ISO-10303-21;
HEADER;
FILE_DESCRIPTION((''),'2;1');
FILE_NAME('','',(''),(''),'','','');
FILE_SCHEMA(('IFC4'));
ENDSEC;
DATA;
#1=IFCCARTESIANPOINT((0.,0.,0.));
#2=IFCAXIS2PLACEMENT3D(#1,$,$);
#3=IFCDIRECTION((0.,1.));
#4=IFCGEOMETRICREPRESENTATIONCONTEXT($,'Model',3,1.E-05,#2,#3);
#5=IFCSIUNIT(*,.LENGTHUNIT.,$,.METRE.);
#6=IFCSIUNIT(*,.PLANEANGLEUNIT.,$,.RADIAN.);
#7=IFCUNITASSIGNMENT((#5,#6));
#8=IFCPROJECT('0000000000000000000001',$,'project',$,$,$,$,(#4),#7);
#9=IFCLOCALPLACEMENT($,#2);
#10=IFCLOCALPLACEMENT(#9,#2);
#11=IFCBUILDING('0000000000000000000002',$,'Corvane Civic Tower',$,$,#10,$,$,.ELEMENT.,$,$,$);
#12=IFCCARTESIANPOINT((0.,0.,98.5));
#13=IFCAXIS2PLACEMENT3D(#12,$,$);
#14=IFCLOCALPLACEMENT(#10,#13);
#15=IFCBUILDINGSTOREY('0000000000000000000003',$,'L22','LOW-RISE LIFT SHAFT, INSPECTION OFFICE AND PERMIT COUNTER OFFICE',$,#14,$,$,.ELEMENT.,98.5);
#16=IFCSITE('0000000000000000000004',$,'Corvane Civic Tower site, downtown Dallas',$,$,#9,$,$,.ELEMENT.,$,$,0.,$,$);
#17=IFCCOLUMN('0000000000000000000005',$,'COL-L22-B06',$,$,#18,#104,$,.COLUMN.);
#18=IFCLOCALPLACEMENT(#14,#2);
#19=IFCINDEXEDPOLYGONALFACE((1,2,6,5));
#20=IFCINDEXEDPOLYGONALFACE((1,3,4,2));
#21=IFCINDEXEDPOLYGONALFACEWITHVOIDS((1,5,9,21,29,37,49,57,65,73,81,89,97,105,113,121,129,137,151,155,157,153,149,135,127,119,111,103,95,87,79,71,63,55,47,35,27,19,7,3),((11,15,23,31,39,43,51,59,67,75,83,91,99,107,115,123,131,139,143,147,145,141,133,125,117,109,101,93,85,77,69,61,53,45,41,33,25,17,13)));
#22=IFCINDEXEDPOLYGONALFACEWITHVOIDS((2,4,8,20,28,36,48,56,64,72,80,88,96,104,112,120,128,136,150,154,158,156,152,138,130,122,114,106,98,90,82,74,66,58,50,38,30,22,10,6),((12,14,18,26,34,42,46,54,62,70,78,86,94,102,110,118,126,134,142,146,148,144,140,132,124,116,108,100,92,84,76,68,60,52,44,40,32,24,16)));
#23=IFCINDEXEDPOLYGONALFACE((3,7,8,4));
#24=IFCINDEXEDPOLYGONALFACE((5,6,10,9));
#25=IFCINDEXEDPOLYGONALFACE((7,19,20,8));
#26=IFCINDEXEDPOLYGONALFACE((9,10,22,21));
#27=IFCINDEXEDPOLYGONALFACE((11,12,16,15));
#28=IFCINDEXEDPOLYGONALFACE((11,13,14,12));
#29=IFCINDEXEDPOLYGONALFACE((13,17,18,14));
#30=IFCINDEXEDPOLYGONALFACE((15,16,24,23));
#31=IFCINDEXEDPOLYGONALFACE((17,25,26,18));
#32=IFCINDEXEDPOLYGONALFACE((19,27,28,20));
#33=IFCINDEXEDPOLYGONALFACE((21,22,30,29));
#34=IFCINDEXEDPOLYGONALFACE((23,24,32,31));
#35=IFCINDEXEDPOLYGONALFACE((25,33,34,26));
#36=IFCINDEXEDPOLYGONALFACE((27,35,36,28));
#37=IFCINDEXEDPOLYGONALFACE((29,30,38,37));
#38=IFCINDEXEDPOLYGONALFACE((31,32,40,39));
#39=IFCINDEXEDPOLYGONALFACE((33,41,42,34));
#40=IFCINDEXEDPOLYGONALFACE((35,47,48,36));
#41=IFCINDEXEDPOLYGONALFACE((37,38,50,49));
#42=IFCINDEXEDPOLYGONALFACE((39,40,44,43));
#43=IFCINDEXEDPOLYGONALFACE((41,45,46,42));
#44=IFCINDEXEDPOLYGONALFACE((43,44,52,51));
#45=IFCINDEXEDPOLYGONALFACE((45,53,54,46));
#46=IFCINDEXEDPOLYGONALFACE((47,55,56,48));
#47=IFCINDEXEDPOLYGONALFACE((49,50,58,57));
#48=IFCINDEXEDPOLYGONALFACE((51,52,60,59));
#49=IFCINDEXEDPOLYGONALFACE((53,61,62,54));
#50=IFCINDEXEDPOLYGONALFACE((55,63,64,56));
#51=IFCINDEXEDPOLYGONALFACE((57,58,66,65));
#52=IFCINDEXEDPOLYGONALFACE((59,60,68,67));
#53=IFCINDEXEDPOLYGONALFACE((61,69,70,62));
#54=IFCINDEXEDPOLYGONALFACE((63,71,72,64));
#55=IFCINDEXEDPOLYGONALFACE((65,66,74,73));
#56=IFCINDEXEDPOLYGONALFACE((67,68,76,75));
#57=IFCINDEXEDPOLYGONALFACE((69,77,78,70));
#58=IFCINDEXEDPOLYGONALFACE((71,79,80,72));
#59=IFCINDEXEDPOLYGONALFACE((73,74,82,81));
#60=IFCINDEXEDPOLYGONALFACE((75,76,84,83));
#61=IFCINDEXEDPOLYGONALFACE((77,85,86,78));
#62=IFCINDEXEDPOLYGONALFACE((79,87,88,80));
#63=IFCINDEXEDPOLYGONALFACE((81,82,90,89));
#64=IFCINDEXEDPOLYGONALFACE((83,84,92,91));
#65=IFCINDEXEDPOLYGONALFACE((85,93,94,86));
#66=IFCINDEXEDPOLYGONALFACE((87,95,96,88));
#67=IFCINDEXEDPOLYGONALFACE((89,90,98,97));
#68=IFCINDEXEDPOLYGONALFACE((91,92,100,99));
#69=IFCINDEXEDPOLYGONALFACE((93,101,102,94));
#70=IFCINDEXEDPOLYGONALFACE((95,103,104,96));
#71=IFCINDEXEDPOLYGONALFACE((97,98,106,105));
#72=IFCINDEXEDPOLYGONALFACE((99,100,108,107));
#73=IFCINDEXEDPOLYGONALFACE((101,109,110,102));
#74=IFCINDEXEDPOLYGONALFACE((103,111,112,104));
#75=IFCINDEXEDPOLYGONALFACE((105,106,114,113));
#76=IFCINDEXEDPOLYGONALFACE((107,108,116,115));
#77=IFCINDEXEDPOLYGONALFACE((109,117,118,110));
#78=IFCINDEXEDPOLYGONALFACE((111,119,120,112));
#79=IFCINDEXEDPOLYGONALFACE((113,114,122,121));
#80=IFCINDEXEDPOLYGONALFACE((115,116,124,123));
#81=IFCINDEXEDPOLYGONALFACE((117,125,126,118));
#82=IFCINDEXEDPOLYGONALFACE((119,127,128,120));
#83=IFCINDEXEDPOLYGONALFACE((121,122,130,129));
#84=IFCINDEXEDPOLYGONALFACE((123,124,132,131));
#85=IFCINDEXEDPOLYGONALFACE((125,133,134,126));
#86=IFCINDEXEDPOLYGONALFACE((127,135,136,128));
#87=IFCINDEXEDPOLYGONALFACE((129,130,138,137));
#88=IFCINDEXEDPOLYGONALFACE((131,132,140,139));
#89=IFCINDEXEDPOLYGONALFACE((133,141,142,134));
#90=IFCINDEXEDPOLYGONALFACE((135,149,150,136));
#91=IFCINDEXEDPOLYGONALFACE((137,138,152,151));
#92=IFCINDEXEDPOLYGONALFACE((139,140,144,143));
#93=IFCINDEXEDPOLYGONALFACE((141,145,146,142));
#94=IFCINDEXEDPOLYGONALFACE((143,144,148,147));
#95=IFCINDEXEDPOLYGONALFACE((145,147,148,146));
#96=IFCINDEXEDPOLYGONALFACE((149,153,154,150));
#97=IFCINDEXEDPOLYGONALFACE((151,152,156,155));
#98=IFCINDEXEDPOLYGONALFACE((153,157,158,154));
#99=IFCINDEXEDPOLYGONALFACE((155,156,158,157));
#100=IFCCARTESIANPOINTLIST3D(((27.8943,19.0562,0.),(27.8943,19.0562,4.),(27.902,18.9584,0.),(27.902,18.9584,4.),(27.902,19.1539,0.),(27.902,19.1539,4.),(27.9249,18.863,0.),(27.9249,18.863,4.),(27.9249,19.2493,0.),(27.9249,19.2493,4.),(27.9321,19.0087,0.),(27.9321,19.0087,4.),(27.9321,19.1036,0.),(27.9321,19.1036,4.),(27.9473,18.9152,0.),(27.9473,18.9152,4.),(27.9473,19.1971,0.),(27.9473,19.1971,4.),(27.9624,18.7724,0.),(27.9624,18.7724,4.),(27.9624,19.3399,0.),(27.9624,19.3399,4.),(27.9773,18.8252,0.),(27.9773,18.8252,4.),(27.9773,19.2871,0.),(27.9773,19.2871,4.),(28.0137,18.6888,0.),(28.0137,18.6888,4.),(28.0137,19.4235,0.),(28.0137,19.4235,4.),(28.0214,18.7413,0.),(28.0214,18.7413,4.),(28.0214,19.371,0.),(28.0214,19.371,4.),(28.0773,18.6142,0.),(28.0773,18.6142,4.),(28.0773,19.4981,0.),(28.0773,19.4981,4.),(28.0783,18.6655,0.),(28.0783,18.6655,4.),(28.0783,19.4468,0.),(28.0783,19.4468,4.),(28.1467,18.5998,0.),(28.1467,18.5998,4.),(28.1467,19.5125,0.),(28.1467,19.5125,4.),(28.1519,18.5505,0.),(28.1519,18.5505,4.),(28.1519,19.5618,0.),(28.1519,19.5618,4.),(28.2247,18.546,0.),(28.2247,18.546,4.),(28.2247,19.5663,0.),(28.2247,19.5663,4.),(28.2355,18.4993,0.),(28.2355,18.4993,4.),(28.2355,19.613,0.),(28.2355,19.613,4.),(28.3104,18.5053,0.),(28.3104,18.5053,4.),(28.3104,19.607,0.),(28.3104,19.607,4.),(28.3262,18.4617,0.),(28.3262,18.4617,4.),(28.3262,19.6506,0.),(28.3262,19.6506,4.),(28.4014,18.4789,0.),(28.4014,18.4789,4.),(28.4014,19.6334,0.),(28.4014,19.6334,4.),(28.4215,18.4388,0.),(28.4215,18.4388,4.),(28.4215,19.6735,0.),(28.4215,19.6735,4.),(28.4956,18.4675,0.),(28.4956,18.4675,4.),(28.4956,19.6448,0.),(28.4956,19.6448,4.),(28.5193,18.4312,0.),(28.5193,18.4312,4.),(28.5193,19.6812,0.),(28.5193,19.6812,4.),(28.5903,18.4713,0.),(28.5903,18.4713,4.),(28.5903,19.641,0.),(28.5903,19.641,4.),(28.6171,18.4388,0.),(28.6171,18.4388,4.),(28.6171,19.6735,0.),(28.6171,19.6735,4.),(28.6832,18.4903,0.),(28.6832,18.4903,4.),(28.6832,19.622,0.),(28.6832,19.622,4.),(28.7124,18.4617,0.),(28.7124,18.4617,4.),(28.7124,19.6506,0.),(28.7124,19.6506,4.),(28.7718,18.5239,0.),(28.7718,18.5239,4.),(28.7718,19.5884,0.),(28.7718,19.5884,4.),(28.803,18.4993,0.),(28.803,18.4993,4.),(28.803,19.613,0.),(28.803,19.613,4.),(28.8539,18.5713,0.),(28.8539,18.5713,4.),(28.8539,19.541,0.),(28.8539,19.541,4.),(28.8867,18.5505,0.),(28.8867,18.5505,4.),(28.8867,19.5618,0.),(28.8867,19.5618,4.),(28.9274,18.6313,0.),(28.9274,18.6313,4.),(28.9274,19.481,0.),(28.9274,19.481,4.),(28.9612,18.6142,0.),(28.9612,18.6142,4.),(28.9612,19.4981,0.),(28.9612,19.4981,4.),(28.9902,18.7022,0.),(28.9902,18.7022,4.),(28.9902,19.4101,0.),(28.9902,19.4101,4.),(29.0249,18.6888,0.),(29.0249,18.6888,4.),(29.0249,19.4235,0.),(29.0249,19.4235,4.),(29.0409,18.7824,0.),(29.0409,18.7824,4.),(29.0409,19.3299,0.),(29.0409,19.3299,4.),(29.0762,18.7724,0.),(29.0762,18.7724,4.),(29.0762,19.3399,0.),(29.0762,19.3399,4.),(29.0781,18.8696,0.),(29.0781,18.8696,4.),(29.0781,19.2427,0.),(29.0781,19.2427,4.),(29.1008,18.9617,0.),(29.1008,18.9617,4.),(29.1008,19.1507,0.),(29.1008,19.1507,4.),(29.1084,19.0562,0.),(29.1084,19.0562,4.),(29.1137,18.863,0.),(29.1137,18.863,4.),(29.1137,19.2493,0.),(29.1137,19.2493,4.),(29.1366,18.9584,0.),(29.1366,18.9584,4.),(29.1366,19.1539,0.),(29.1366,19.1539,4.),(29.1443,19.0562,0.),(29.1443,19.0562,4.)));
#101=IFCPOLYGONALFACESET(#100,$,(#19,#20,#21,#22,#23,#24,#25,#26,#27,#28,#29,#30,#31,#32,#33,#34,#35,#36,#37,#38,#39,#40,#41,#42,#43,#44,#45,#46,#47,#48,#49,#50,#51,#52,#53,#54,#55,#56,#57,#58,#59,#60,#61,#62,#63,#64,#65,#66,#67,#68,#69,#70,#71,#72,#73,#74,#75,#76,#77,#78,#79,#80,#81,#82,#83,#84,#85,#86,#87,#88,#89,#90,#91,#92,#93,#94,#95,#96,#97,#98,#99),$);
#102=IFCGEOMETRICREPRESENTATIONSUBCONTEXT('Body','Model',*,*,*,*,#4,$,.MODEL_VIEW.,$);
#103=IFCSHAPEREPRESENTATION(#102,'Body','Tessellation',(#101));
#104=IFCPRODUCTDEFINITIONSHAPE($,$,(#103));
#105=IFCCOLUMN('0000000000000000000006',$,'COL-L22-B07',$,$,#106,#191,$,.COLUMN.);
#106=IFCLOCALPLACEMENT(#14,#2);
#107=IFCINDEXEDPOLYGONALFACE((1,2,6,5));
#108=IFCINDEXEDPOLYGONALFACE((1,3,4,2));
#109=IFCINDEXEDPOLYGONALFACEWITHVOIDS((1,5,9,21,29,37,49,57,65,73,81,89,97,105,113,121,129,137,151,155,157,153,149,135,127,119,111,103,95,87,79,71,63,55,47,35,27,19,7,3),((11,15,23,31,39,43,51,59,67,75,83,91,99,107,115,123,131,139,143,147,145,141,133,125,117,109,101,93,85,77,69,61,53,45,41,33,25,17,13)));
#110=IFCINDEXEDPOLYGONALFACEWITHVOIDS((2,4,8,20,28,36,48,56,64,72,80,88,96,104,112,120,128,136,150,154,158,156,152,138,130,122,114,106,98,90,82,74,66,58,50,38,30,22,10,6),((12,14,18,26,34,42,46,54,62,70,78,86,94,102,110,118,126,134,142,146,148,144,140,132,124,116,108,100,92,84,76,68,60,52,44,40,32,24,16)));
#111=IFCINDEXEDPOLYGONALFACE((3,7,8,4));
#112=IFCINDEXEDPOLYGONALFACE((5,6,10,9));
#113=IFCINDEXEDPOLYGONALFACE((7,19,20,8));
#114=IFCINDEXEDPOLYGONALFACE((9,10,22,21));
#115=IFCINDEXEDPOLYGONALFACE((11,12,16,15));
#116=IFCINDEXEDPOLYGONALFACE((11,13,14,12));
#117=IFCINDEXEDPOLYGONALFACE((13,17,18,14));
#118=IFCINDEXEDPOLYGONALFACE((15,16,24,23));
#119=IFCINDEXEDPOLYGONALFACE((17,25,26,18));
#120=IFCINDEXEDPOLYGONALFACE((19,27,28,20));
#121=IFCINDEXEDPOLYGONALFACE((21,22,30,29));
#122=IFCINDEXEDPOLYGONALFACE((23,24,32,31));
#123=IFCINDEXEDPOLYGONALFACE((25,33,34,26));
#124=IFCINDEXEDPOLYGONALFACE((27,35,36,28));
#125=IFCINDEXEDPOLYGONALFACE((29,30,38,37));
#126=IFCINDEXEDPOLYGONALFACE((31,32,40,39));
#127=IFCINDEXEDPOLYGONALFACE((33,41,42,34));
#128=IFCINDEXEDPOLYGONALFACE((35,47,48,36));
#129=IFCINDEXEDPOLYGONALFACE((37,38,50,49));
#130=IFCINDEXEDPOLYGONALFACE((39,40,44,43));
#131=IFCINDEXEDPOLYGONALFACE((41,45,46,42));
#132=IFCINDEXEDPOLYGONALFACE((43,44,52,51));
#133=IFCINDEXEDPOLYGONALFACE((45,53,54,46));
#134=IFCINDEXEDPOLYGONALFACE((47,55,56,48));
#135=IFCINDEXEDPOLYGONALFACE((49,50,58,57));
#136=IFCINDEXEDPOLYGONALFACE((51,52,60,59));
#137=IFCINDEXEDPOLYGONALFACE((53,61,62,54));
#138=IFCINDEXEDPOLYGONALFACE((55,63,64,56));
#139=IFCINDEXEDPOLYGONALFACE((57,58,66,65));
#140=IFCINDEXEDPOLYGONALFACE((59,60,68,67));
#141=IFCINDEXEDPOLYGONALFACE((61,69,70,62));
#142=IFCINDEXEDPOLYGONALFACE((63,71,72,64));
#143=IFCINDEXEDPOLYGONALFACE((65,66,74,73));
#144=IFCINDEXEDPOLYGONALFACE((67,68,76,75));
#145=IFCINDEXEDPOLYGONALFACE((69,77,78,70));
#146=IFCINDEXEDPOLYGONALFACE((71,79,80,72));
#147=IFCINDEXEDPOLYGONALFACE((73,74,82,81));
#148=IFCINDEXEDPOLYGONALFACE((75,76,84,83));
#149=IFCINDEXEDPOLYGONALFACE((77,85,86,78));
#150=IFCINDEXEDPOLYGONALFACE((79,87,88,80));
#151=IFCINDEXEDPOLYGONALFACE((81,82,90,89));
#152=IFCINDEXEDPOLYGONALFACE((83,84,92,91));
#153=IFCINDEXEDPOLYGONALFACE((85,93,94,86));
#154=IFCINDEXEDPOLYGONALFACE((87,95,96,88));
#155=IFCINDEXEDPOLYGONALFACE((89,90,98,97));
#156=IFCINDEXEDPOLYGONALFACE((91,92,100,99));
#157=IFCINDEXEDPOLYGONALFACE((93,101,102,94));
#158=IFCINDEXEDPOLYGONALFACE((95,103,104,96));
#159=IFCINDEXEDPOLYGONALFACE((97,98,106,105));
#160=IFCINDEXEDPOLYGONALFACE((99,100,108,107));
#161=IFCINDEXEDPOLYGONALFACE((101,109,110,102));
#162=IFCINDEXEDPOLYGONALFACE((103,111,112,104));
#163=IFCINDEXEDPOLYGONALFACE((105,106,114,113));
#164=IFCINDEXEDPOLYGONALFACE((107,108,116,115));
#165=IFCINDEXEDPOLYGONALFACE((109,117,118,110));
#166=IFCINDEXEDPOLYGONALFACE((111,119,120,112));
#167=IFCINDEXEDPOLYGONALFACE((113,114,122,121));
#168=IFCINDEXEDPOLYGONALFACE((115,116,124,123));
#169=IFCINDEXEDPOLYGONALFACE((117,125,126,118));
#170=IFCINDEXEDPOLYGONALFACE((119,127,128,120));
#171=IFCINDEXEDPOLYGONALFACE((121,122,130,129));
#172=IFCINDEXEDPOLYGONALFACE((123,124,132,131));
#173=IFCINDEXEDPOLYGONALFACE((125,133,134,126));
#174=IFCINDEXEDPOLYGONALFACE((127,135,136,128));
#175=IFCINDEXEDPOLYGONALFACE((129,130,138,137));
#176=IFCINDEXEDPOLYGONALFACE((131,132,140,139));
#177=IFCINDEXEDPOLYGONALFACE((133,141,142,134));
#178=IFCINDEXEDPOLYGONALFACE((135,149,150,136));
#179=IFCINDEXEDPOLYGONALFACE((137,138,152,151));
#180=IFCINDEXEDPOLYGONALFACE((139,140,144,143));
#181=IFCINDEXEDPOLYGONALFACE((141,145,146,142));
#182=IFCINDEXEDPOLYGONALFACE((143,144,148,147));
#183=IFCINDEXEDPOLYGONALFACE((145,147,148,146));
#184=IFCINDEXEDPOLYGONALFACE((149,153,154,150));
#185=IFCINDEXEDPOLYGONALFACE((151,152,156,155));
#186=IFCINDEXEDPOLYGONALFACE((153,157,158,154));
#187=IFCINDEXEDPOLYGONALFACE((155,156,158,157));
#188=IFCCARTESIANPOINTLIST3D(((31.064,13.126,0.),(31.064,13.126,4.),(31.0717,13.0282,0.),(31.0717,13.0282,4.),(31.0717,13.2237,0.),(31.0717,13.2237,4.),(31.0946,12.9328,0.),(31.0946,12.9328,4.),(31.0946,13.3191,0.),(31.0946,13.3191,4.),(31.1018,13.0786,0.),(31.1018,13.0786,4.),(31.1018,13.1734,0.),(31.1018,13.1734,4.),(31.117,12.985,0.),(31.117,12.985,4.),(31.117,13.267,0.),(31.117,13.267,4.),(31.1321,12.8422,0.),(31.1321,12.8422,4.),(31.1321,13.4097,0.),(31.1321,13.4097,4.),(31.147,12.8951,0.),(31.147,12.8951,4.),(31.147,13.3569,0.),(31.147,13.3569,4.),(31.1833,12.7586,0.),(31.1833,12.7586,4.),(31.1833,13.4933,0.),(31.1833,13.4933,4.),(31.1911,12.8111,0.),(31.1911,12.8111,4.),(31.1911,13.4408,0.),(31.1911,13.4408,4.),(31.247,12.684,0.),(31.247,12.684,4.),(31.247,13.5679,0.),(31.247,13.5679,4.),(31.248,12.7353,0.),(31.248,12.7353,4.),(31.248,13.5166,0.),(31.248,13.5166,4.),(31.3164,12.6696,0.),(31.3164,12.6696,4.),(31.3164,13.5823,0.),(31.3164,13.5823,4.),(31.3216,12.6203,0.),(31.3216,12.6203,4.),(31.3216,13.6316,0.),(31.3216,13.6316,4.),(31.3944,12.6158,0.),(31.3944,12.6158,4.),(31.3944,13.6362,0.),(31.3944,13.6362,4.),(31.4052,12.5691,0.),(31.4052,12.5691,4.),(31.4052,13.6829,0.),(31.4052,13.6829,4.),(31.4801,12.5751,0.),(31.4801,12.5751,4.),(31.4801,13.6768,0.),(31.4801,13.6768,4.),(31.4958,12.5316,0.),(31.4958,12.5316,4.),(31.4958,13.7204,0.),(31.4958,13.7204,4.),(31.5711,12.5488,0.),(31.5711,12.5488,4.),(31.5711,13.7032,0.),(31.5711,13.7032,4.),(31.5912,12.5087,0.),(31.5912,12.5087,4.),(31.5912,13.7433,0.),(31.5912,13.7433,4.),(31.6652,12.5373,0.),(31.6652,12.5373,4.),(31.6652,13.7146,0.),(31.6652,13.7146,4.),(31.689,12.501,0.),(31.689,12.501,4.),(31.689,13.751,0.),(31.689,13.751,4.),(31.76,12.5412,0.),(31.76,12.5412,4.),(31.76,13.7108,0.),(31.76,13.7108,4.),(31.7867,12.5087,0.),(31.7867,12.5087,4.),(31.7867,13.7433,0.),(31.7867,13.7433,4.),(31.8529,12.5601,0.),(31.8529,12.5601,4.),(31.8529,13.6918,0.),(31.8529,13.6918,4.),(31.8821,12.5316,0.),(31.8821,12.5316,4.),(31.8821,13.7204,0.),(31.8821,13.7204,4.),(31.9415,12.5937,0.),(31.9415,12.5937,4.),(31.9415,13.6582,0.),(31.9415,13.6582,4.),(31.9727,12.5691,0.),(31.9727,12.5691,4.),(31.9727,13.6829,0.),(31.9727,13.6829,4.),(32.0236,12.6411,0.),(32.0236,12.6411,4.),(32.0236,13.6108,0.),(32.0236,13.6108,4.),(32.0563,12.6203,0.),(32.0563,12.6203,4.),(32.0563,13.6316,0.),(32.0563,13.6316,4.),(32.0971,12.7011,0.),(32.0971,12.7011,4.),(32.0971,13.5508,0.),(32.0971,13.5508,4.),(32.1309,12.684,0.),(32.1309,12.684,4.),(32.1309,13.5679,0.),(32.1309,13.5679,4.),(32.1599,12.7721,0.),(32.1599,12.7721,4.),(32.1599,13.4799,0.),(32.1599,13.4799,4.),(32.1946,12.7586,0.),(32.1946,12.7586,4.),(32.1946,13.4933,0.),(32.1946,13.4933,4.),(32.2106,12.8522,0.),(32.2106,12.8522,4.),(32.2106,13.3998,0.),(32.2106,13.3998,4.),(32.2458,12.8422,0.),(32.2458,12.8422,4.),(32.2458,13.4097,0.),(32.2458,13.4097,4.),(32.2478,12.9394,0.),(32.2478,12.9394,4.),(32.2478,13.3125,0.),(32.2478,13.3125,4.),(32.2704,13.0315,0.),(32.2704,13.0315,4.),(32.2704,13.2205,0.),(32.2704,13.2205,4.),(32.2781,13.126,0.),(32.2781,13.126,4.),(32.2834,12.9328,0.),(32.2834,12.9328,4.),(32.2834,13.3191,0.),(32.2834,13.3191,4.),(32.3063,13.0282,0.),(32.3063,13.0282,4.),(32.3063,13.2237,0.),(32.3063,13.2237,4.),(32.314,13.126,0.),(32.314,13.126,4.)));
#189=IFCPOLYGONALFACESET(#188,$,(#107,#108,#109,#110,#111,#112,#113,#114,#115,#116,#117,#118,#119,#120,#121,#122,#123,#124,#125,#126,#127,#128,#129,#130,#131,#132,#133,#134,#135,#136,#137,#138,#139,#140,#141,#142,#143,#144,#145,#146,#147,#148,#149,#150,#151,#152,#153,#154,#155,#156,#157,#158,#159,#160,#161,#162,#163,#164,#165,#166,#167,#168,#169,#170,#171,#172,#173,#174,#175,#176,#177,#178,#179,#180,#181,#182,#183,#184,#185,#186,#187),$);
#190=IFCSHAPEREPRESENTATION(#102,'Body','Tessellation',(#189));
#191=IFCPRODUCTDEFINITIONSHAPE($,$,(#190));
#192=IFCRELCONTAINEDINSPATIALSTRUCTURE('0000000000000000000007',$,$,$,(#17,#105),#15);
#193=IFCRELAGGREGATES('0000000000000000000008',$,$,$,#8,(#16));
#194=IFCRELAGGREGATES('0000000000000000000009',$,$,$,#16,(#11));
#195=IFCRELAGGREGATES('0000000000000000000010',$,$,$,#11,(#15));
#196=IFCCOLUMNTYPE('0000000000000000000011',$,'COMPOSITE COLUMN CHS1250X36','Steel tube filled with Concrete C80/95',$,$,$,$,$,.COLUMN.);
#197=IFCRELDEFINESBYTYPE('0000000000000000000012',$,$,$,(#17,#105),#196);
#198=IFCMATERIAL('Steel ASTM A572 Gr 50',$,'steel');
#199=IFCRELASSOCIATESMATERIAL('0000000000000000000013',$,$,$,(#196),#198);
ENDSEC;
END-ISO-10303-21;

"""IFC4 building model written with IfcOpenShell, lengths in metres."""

from ifc_helpers import new_model, si_unit, direction, frame, origin, origin_2d, place, context, subcontext, project, spatial, hollow_circle, extrude, material, material_profile, profile_set, type_object, element, save


model = new_model("IFC4")

# Units and contexts
model_context = context("Model", 3, precision=1e-05, world=origin(), true_north=direction((0.0, 1.0)))
body_context = subcontext(model_context, "Body", "Model", "MODEL_VIEW")
ifc_project = project(units=[si_unit("LENGTHUNIT", "METRE"), si_unit("PLANEANGLEUNIT", "RADIAN")], contexts=[model_context])

# Site, building, storey
site_placement = place(None, origin())
site = spatial("IfcSite", under=ifc_project, at=site_placement, Name="Corvane Civic Tower site, downtown Dallas", CompositionType="ELEMENT", RefElevation=0.0)
building_placement = place(site_placement, origin())
building = spatial("IfcBuilding", under=site, at=building_placement, Name="Corvane Civic Tower", CompositionType="ELEMENT")
storey_placement = place(building_placement, frame((0.0, 0.0, 98.5)))
storey = spatial("IfcBuildingStorey", under=building, at=storey_placement, Name="L22", Description="LOW-RISE LIFT SHAFT, INSPECTION OFFICE AND PERMIT COUNTER OFFICE", CompositionType="ELEMENT", Elevation=98.5)

# Columns
ifc_material_1 = material(Name="Steel ASTM A572 Gr 50", Category="steel")
ifc_material_profile_1 = material_profile(ifc_material_1, hollow_circle(Radius=0.625, WallThickness=0.0359, at=origin_2d()), Name="CHS1250X36")
ifc_profile_set_1 = profile_set([ifc_material_profile_1], Name="Steel ASTM A572 Gr 50")
column_type = type_object("IfcColumnType", Name="COMPOSITE COLUMN CHS1250X36", Description="Steel tube filled with Concrete C80/95", PredefinedType="COLUMN", material=ifc_profile_set_1)
for number, where, z_axis, x_axis, name in (
    (1, (28.5193, 19.0562, 0.0), (0.0, 0.0, 1.0), (1.0, 0.0, 0.0), "COL-L22-B06"),
    (2, (31.689, 13.126, 0.0), (0.0, 0.0, 1.0), (1.0, 0.0, 0.0), "COL-L22-B07"),
):
    element("IfcColumn", number, at=place(storey_placement, frame(where, z_axis=z_axis, x_axis=x_axis)), inside=storey, type_object=column_type, Name=name, PredefinedType="COLUMN", context=body_context, shape_type="SweptSolid", body=[
        extrude(hollow_circle(Radius=0.625, WallThickness=0.0359, at=origin_2d()), origin(), (0.0, 0.0, 1.0), 4.0),
    ])

save(model, "model.ifc")
